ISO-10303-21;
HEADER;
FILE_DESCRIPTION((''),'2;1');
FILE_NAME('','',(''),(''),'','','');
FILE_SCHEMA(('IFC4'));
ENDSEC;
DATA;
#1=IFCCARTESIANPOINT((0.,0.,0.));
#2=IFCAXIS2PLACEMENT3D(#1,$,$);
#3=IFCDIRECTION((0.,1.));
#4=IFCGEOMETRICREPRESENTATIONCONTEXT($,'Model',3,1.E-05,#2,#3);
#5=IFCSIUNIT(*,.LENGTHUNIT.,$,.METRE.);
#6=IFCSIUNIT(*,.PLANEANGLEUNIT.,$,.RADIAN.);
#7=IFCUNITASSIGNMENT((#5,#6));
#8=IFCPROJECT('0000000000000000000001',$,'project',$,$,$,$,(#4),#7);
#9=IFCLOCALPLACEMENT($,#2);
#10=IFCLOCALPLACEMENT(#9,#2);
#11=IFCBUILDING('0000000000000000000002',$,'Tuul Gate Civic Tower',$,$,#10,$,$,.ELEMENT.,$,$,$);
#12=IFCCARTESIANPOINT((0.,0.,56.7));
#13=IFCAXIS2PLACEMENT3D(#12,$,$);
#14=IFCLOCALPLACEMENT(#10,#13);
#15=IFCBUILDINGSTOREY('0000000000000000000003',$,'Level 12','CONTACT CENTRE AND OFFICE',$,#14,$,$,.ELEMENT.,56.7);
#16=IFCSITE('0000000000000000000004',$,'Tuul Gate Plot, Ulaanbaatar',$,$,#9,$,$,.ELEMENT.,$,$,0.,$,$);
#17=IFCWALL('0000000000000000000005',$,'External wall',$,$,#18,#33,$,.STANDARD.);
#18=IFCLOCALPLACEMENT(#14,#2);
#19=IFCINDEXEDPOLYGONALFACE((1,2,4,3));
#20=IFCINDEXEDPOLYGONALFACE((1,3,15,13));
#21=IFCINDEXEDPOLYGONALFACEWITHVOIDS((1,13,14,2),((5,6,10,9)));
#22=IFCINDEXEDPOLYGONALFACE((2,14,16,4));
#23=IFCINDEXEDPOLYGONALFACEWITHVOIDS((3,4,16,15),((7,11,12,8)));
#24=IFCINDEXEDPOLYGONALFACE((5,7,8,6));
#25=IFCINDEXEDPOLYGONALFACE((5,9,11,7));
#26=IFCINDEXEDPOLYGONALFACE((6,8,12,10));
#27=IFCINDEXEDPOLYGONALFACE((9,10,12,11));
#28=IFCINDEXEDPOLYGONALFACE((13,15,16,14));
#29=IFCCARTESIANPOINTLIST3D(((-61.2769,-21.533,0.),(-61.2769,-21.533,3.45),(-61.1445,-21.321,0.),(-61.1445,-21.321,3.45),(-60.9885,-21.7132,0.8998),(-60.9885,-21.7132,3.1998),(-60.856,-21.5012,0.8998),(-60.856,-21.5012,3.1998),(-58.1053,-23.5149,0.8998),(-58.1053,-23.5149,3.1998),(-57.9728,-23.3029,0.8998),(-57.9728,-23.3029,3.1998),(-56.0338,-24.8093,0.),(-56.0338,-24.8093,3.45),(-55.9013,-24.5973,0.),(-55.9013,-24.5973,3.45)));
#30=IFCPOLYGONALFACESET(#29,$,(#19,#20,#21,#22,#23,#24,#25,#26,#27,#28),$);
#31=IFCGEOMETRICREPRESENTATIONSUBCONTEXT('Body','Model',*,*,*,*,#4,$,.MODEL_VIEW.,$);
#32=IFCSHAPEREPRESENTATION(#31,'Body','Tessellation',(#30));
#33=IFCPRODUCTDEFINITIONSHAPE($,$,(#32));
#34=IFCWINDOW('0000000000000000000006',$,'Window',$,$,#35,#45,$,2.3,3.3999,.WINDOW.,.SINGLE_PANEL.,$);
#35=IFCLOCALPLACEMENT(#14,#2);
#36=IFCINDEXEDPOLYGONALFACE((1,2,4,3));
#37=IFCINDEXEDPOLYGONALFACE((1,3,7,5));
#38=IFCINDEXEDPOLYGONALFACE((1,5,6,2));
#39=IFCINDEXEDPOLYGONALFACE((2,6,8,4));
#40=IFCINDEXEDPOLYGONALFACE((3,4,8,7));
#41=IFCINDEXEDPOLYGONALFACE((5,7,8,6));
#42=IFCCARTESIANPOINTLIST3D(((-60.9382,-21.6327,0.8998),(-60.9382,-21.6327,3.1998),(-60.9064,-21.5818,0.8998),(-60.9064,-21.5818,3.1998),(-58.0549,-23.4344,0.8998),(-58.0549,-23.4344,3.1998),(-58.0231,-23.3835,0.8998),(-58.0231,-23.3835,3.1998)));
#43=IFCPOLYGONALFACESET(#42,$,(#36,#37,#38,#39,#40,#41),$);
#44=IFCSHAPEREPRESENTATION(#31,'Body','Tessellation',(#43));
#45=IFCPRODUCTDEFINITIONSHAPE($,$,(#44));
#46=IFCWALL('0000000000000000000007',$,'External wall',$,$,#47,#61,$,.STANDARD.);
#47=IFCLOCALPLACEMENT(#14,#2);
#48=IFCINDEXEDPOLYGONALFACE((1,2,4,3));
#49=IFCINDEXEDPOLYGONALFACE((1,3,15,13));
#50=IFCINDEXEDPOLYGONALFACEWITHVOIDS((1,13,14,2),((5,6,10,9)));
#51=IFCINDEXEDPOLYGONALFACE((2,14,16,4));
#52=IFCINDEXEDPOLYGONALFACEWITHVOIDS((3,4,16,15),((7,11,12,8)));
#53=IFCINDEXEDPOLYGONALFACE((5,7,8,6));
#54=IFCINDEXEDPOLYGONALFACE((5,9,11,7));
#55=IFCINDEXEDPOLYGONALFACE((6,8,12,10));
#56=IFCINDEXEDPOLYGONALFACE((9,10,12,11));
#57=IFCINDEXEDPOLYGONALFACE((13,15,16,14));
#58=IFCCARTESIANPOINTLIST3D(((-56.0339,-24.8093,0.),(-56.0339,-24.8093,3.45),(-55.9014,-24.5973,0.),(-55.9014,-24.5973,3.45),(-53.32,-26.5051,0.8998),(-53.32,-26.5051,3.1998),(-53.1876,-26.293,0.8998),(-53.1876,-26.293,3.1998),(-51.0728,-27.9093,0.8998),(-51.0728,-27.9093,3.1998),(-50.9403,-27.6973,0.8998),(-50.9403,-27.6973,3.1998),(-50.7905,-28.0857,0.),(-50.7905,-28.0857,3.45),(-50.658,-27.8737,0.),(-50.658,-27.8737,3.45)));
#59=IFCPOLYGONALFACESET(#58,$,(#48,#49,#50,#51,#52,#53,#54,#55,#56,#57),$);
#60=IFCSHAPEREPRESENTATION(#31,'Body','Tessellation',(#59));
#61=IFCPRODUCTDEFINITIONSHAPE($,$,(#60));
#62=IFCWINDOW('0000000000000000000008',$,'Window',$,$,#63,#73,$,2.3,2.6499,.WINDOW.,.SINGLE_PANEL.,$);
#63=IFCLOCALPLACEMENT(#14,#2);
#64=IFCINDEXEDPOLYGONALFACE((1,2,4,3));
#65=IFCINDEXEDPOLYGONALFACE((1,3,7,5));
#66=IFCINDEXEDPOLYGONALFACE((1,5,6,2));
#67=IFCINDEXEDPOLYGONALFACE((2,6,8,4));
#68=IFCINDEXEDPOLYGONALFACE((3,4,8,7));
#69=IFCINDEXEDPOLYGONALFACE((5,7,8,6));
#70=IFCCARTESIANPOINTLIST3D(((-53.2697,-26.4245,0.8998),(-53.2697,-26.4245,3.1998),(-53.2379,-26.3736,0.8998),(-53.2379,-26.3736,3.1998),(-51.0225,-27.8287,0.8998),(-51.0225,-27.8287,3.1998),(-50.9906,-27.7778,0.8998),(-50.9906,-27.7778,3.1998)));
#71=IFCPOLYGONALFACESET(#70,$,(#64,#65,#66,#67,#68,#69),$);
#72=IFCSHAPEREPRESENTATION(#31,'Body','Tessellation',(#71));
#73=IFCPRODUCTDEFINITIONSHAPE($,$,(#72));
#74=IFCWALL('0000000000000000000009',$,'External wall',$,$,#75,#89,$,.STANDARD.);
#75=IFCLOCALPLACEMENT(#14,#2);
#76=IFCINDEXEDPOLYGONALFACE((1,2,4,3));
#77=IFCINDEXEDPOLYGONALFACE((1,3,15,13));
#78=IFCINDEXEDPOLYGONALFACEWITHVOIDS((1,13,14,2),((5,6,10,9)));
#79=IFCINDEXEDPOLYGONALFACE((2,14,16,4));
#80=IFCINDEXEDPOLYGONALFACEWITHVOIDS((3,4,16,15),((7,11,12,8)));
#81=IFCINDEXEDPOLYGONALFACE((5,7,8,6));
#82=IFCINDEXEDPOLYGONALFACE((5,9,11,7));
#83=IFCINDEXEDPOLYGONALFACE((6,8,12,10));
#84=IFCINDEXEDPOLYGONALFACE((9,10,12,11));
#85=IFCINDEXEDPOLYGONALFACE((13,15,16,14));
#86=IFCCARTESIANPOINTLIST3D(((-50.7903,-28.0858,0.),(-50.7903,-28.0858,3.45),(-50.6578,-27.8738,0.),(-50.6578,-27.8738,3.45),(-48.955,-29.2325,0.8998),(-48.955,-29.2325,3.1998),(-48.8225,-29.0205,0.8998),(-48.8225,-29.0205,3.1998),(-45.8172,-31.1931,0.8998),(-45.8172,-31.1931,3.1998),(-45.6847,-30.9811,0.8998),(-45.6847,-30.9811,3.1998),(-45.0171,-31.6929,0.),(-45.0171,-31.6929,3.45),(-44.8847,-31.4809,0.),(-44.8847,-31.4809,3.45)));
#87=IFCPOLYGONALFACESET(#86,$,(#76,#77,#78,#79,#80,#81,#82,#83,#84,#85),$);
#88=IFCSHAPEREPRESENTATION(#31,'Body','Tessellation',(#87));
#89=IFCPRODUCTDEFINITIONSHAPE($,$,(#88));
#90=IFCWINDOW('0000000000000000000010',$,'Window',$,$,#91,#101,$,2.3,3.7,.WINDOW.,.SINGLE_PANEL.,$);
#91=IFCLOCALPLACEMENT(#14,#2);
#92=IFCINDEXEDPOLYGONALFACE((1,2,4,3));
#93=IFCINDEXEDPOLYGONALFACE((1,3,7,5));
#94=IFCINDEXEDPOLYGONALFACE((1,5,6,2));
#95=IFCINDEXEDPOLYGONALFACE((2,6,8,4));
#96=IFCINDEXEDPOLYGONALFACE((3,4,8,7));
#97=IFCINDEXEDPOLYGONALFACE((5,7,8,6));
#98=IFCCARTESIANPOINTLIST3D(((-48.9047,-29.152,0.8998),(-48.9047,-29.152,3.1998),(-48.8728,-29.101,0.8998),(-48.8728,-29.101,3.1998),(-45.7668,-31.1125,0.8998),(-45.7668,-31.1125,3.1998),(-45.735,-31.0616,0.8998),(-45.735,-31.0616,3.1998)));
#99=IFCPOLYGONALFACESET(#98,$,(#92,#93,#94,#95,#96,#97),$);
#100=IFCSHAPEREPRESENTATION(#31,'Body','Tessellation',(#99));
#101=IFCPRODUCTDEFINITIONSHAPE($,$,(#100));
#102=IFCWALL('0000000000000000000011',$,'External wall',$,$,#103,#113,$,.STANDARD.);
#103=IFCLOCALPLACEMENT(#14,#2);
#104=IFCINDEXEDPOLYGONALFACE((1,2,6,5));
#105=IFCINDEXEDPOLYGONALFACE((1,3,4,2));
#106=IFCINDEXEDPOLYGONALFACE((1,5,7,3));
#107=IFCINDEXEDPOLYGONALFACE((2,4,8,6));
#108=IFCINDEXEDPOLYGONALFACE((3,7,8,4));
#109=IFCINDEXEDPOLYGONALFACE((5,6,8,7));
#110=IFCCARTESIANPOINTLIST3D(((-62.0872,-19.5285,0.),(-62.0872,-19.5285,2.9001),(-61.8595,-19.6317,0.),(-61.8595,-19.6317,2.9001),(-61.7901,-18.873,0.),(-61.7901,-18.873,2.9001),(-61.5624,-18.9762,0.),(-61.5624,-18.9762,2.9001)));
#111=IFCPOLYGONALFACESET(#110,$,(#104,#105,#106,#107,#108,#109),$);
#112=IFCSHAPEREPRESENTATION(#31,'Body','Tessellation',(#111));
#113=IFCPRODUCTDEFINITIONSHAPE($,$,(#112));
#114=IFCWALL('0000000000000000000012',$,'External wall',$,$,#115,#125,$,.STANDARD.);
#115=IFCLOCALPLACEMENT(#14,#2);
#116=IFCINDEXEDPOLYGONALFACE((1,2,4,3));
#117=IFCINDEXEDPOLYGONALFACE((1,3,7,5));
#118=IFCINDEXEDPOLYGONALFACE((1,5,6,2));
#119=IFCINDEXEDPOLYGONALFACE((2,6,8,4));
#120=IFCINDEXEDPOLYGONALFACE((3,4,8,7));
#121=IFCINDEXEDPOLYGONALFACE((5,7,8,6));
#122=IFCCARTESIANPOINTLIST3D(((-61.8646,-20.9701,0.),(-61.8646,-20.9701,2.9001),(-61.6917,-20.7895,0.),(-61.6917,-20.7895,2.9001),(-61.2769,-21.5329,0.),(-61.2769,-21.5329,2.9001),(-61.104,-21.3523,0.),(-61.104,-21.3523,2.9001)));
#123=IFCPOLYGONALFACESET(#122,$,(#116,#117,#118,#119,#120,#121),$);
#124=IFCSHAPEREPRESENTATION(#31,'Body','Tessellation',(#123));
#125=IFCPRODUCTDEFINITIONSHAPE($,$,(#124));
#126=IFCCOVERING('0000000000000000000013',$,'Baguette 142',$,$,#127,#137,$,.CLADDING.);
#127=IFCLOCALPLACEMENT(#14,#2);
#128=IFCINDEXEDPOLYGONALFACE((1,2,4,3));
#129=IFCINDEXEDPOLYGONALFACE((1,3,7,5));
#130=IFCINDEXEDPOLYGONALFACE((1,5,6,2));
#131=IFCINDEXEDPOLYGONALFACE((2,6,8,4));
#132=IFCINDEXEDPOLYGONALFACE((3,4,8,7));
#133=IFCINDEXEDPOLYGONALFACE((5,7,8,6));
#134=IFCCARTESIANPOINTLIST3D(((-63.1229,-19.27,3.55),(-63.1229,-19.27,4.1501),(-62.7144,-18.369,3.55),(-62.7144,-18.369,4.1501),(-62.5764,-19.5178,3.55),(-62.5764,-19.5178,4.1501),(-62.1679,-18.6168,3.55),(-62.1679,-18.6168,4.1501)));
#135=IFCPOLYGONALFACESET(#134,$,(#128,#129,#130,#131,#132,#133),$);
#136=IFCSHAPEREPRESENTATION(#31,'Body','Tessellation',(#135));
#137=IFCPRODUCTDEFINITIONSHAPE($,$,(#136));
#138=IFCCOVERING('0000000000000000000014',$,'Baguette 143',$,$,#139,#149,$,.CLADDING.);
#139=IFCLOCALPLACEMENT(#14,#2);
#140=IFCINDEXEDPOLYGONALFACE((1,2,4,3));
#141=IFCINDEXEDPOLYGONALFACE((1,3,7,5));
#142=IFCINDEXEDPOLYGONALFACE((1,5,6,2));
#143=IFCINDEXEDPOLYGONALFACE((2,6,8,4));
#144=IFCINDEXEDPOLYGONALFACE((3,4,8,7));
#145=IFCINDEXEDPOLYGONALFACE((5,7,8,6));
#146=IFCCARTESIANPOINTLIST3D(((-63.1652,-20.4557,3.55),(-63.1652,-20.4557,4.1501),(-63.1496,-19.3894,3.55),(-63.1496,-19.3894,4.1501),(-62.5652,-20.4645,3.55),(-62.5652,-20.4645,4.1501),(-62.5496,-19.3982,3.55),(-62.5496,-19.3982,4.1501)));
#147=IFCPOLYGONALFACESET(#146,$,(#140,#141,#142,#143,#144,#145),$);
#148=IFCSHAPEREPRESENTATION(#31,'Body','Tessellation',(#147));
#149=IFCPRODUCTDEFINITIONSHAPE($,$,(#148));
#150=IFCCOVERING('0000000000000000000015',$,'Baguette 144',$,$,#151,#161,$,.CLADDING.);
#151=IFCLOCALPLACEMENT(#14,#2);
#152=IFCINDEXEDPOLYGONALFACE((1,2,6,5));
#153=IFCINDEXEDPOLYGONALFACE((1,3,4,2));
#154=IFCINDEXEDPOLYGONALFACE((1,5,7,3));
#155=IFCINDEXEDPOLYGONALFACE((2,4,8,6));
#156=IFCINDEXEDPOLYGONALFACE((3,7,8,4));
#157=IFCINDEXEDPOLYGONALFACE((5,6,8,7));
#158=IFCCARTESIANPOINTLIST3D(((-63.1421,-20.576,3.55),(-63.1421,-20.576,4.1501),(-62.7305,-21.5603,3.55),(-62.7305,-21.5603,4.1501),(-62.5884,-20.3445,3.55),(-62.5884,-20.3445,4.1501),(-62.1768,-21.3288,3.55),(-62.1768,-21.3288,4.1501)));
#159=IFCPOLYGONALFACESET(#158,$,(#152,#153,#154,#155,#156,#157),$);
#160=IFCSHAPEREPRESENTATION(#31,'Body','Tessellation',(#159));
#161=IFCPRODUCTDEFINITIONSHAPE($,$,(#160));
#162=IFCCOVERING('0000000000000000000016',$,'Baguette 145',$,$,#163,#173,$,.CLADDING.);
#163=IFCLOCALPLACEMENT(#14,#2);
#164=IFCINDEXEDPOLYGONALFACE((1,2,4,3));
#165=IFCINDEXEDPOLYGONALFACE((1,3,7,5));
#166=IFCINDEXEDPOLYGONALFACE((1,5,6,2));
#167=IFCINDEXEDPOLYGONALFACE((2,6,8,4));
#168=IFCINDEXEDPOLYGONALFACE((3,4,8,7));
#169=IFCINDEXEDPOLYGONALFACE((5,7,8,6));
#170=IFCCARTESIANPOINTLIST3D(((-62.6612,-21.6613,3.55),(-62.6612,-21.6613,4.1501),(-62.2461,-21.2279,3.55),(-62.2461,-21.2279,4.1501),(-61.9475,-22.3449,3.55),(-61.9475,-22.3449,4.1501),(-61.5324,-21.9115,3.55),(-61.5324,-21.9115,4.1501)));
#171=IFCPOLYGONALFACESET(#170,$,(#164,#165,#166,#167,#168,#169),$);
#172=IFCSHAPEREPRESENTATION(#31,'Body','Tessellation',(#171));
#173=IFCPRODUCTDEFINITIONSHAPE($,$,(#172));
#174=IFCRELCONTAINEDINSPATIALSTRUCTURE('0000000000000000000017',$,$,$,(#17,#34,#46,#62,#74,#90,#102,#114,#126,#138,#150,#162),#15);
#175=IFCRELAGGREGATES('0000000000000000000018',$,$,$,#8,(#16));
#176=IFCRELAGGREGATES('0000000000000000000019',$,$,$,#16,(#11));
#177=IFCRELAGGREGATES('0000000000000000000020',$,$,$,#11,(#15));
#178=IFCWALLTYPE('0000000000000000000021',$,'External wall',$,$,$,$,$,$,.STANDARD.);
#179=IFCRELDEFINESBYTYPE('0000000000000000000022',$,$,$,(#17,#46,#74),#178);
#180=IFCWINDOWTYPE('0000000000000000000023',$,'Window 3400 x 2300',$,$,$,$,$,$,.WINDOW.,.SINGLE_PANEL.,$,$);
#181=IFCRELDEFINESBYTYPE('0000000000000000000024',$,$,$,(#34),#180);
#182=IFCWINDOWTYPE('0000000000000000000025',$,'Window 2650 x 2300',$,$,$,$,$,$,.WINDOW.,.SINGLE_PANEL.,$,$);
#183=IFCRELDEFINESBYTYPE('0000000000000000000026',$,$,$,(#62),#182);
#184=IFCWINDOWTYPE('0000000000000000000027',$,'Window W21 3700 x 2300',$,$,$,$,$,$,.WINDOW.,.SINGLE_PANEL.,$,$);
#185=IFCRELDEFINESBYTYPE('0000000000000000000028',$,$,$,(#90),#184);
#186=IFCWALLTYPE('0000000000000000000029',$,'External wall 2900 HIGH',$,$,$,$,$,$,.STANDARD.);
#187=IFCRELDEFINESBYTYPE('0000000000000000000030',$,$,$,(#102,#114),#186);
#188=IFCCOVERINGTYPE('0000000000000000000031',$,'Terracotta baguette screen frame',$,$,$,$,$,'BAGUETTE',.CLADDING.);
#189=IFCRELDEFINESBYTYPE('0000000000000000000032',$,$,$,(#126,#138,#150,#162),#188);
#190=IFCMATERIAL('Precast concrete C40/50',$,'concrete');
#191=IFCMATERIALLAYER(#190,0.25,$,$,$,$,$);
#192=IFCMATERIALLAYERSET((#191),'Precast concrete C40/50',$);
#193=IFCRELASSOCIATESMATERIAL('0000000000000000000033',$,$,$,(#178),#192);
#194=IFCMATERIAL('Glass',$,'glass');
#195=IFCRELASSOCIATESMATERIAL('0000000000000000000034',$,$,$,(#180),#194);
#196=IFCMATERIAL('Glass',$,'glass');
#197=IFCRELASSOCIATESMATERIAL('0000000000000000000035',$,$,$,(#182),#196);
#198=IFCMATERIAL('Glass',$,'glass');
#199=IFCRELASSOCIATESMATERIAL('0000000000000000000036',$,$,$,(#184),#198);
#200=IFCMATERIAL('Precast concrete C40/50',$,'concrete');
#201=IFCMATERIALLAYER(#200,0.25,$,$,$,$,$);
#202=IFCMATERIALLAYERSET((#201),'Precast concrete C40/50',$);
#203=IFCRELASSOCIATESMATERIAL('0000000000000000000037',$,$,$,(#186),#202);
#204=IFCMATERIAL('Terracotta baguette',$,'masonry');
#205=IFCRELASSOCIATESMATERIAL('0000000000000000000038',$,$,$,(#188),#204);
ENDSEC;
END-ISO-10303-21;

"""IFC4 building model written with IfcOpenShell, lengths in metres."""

from ifc_helpers import new_model, si_unit, direction, frame, frame_2d, origin, origin_2d, place, context, subcontext, project, spatial, rectangle, extrude, material, layer, layer_set, material_profile, profile_set, type_object, element, fill, save


model = new_model("IFC4")

# Units and contexts
model_context = context("Model", 3, precision=1e-05, world=origin(), true_north=direction((0.0, 1.0)))
body_context = subcontext(model_context, "Body", "Model", "MODEL_VIEW")
ifc_project = project(units=[si_unit("LENGTHUNIT", "METRE"), si_unit("PLANEANGLEUNIT", "RADIAN")], contexts=[model_context])

# Site, building, storey
site_placement = place(None, origin())
site = spatial("IfcSite", under=ifc_project, at=site_placement, Name="Tuul Gate Plot, Ulaanbaatar", CompositionType="ELEMENT", RefElevation=0.0)
building_placement = place(site_placement, origin())
building = spatial("IfcBuilding", under=site, at=building_placement, Name="Tuul Gate Civic Tower", CompositionType="ELEMENT")
storey_placement = place(building_placement, frame((0.0, 0.0, 56.7)))
storey = spatial("IfcBuildingStorey", under=building, at=storey_placement, Name="Level 12", Description="CONTACT CENTRE AND OFFICE", CompositionType="ELEMENT", Elevation=56.7)

# Walls, openings, windows
ifc_material_1 = material(Name="Precast concrete C40/50", Category="concrete")
ifc_layer_1 = layer(ifc_material_1, 0.25)
ifc_layer_set_1 = layer_set([ifc_layer_1], Name="Precast concrete C40/50")
wall_type_1 = type_object("IfcWallType", Name="External wall", PredefinedType="STANDARD", material=ifc_layer_set_1)
wall_1_placement = place(storey_placement, frame((-61.2107, -21.427, 0.0), z_axis=(0.0, 0.0, 1.0), x_axis=(0.848043, -0.529928, 0.0)))
wall_1 = element("IfcWall", 1, at=wall_1_placement, inside=storey, type_object=wall_type_1, Name="External wall", PredefinedType="STANDARD", context=body_context, shape_type="SweptSolid", body=[
    extrude(rectangle(XDim=6.1826, YDim=0.25, at=frame_2d((3.0913, 0.0))), origin(), (0.0, 0.0, 1.0), 3.45),
])
opening_1_placement = place(wall_1_placement, frame((0.3401, 0.0, 0.8999)))
opening_1 = element("IfcOpeningElement", 2, at=opening_1_placement, cuts=wall_1, PredefinedType="OPENING", context=body_context, shape_type="SweptSolid", body=[
    extrude(rectangle(XDim=3.3999, YDim=2.3, at=frame_2d((1.7, 1.1499))), frame((0.0, 0.135, 0.0), z_axis=(0.0, -1.0, 0.0), x_axis=(1.0, 0.0, 0.0)), (0.0, 0.0, 1.0), 0.27),
])
ifc_material_2 = material(Name="Glass", Category="glass")
window_type_1 = type_object("IfcWindowType", Name="Window 3400 x 2300", PartitioningType="SINGLE_PANEL", PredefinedType="WINDOW", material=ifc_material_2)
window_1_placement = place(opening_1_placement, origin())
window_1 = element("IfcWindow", 3, at=window_1_placement, inside=storey, type_object=window_type_1, Name="Window", OverallHeight=2.3, OverallWidth=3.3999, PartitioningType="SINGLE_PANEL", PredefinedType="WINDOW", context=body_context, shape_type="SweptSolid", body=[
    extrude(rectangle(XDim=3.3999, YDim=2.3, at=frame_2d((1.7, 1.1499))), frame((0.0, 0.03, 0.0), z_axis=(0.0, -1.0, 0.0), x_axis=(1.0, 0.0, 0.0)), (0.0, 0.0, 1.0), 0.0601),
])
fill(opening_1, window_1)
wall_2_placement = place(storey_placement, frame((-55.9675, -24.7034, 0.0), z_axis=(0.0, 0.0, 1.0), x_axis=(0.848054, -0.52991, 0.0)))
wall_2 = element("IfcWall", 4, at=wall_2_placement, inside=storey, type_object=wall_type_1, Name="External wall", PredefinedType="STANDARD", context=body_context, shape_type="SweptSolid", body=[
    extrude(rectangle(XDim=6.1829, YDim=0.25, at=frame_2d((3.0913, 0.0))), origin(), (0.0, 0.0, 1.0), 3.45),
])
opening_2_placement = place(wall_2_placement, frame((3.2, 0.0, 0.8999)))
opening_2 = element("IfcOpeningElement", 5, at=opening_2_placement, cuts=wall_2, PredefinedType="OPENING", context=body_context, shape_type="SweptSolid", body=[
    extrude(rectangle(XDim=2.6499, YDim=2.3, at=frame_2d((1.325, 1.1499))), frame((0.0, 0.135, 0.0), z_axis=(0.0, -1.0, 0.0), x_axis=(1.0, 0.0, 0.0)), (0.0, 0.0, 1.0), 0.27),
])
ifc_material_3 = material(Name="Glass", Category="glass")
window_type_2 = type_object("IfcWindowType", Name="Window 2650 x 2300", PartitioningType="SINGLE_PANEL", PredefinedType="WINDOW", material=ifc_material_3)
window_2_placement = place(opening_2_placement, origin())
window_2 = element("IfcWindow", 6, at=window_2_placement, inside=storey, type_object=window_type_2, Name="Window", OverallHeight=2.3, OverallWidth=2.6499, PartitioningType="SINGLE_PANEL", PredefinedType="WINDOW", context=body_context, shape_type="SweptSolid", body=[
    extrude(rectangle(XDim=2.6499, YDim=2.3, at=frame_2d((1.325, 1.1499))), frame((0.0, 0.03, 0.0), z_axis=(0.0, -1.0, 0.0), x_axis=(1.0, 0.0, 0.0)), (0.0, 0.0, 1.0), 0.0601),
])
fill(opening_2, window_2)
wall_3_placement = place(storey_placement, frame((-50.7241, -27.9797, 0.0), z_axis=(0.0, 0.0, 1.0), x_axis=(0.848069, -0.529886, 0.0)))
wall_3 = element("IfcWall", 7, at=wall_3_placement, inside=storey, type_object=wall_type_1, Name="External wall", PredefinedType="STANDARD", context=body_context, shape_type="SweptSolid", body=[
    extrude(rectangle(XDim=6.8074, YDim=0.25, at=frame_2d((3.4038, 0.0))), origin(), (0.0, 0.0, 1.0), 3.45),
])
opening_3_placement = place(wall_3_placement, frame((2.1641, 0.0, 0.8999)))
opening_3 = element("IfcOpeningElement", 8, at=opening_3_placement, cuts=wall_3, PredefinedType="OPENING", context=body_context, shape_type="SweptSolid", body=[
    extrude(rectangle(XDim=3.7, YDim=2.3, at=frame_2d((1.8501, 1.1499))), frame((0.0, 0.135, 0.0), z_axis=(0.0, -1.0, 0.0), x_axis=(1.0, 0.0, 0.0)), (0.0, 0.0, 1.0), 0.27),
])
ifc_material_4 = material(Name="Glass", Category="glass")
window_type_3 = type_object("IfcWindowType", Name="Window W21 3700 x 2300", PartitioningType="SINGLE_PANEL", PredefinedType="WINDOW", material=ifc_material_4)
window_3_placement = place(opening_3_placement, origin())
window_3 = element("IfcWindow", 9, at=window_3_placement, inside=storey, type_object=window_type_3, Name="Window", OverallHeight=2.3, OverallWidth=3.7, PartitioningType="SINGLE_PANEL", PredefinedType="WINDOW", context=body_context, shape_type="SweptSolid", body=[
    extrude(rectangle(XDim=3.7, YDim=2.3, at=frame_2d((1.8501, 1.1499))), frame((0.0, 0.03, 0.0), z_axis=(0.0, -1.0, 0.0), x_axis=(1.0, 0.0, 0.0)), (0.0, 0.0, 1.0), 0.0601),
])
fill(opening_3, window_3)

# Walls
ifc_material_5 = material(Name="Precast concrete C40/50", Category="concrete")
ifc_layer_2 = layer(ifc_material_5, 0.25)
ifc_layer_set_2 = layer_set([ifc_layer_2], Name="Precast concrete C40/50")
wall_type_2 = type_object("IfcWallType", Name="External wall 2900 HIGH", PredefinedType="STANDARD", material=ifc_layer_set_2)
wall_4_placement = place(storey_placement, frame((-61.6763, -18.9246, 0.0), z_axis=(0.0, 0.0, 1.0), x_axis=(-0.412832, -0.910807, 0.0)))
element("IfcWall", 10, at=wall_4_placement, inside=storey, type_object=wall_type_2, Name="External wall", PredefinedType="STANDARD", context=body_context, shape_type="SweptSolid", body=[
    extrude(rectangle(XDim=0.7197, YDim=0.25, at=frame_2d((0.3599, 0.0))), origin(), (0.0, 0.0, 1.0), 2.9001),
])
wall_5_placement = place(storey_placement, frame((-61.7781, -20.8799, 0.0), z_axis=(0.0, 0.0, 1.0), x_axis=(0.722244, -0.691638, 0.0)))
element("IfcWall", 11, at=wall_5_placement, inside=storey, type_object=wall_type_2, Name="External wall", PredefinedType="STANDARD", context=body_context, shape_type="SweptSolid", body=[
    extrude(rectangle(XDim=0.8137, YDim=0.25, at=frame_2d((0.4067, 0.0))), origin(), (0.0, 0.0, 1.0), 2.9001),
])

# Coverings
ifc_material_6 = material(Name="Terracotta baguette", Category="masonry")
ifc_material_profile_1 = material_profile(ifc_material_6, rectangle(XDim=0.6001, YDim=0.6001, at=origin_2d()), Name="Terracotta baguette screen frame")
ifc_profile_set_1 = profile_set([ifc_material_profile_1], Name="Terracotta baguette")
covering_type = type_object("IfcCoveringType", Name="Terracotta baguette screen frame", ElementType="BAGUETTE", PredefinedType="CLADDING", material=ifc_profile_set_1)
covering_1_placement = place(storey_placement, frame((-62.4412, -18.4929, 3.8501), z_axis=(-0.412929, -0.910763, 0.0), x_axis=(0.910763, -0.412929, 0.0)))
element("IfcCovering", 12, at=covering_1_placement, inside=storey, type_object=covering_type, Name="Baguette 142", PredefinedType="CLADDING", context=body_context, shape_type="SweptSolid", body=[
    extrude(rectangle(XDim=0.6001, YDim=0.6001, at=origin_2d()), origin(), (0.0, 0.0, 1.0), 0.9893),
])
covering_2_placement = place(storey_placement, frame((-62.8496, -19.3938, 3.8501), z_axis=(-0.01465, -0.999893, 0.0), x_axis=(0.999893, -0.01465, 0.0)))
element("IfcCovering", 13, at=covering_2_placement, inside=storey, type_object=covering_type, Name="Baguette 143", PredefinedType="CLADDING", context=body_context, shape_type="SweptSolid", body=[
    extrude(rectangle(XDim=0.6001, YDim=0.6001, at=origin_2d()), origin(), (0.0, 0.0, 1.0), 1.0664),
])
covering_3_placement = place(storey_placement, frame((-62.8652, -20.4602, 3.8501), z_axis=(0.385785, -0.922589, 0.0), x_axis=(0.922589, 0.385785, 0.0)))
element("IfcCovering", 14, at=covering_3_placement, inside=storey, type_object=covering_type, Name="Baguette 144", PredefinedType="CLADDING", context=body_context, shape_type="SweptSolid", body=[
    extrude(rectangle(XDim=0.6001, YDim=0.6001, at=origin_2d()), origin(), (0.0, 0.0, 1.0), 1.0669),
])
covering_4_placement = place(storey_placement, frame((-62.4536, -21.4446, 3.8501), z_axis=(0.722137, -0.69175, 0.0), x_axis=(0.69175, 0.722137, 0.0)))
element("IfcCovering", 15, at=covering_4_placement, inside=storey, type_object=covering_type, Name="Baguette 145", PredefinedType="CLADDING", context=body_context, shape_type="SweptSolid", body=[
    extrude(rectangle(XDim=0.6001, YDim=0.6001, at=origin_2d()), origin(), (0.0, 0.0, 1.0), 0.9883),
])

save(model, "model.ifc")
